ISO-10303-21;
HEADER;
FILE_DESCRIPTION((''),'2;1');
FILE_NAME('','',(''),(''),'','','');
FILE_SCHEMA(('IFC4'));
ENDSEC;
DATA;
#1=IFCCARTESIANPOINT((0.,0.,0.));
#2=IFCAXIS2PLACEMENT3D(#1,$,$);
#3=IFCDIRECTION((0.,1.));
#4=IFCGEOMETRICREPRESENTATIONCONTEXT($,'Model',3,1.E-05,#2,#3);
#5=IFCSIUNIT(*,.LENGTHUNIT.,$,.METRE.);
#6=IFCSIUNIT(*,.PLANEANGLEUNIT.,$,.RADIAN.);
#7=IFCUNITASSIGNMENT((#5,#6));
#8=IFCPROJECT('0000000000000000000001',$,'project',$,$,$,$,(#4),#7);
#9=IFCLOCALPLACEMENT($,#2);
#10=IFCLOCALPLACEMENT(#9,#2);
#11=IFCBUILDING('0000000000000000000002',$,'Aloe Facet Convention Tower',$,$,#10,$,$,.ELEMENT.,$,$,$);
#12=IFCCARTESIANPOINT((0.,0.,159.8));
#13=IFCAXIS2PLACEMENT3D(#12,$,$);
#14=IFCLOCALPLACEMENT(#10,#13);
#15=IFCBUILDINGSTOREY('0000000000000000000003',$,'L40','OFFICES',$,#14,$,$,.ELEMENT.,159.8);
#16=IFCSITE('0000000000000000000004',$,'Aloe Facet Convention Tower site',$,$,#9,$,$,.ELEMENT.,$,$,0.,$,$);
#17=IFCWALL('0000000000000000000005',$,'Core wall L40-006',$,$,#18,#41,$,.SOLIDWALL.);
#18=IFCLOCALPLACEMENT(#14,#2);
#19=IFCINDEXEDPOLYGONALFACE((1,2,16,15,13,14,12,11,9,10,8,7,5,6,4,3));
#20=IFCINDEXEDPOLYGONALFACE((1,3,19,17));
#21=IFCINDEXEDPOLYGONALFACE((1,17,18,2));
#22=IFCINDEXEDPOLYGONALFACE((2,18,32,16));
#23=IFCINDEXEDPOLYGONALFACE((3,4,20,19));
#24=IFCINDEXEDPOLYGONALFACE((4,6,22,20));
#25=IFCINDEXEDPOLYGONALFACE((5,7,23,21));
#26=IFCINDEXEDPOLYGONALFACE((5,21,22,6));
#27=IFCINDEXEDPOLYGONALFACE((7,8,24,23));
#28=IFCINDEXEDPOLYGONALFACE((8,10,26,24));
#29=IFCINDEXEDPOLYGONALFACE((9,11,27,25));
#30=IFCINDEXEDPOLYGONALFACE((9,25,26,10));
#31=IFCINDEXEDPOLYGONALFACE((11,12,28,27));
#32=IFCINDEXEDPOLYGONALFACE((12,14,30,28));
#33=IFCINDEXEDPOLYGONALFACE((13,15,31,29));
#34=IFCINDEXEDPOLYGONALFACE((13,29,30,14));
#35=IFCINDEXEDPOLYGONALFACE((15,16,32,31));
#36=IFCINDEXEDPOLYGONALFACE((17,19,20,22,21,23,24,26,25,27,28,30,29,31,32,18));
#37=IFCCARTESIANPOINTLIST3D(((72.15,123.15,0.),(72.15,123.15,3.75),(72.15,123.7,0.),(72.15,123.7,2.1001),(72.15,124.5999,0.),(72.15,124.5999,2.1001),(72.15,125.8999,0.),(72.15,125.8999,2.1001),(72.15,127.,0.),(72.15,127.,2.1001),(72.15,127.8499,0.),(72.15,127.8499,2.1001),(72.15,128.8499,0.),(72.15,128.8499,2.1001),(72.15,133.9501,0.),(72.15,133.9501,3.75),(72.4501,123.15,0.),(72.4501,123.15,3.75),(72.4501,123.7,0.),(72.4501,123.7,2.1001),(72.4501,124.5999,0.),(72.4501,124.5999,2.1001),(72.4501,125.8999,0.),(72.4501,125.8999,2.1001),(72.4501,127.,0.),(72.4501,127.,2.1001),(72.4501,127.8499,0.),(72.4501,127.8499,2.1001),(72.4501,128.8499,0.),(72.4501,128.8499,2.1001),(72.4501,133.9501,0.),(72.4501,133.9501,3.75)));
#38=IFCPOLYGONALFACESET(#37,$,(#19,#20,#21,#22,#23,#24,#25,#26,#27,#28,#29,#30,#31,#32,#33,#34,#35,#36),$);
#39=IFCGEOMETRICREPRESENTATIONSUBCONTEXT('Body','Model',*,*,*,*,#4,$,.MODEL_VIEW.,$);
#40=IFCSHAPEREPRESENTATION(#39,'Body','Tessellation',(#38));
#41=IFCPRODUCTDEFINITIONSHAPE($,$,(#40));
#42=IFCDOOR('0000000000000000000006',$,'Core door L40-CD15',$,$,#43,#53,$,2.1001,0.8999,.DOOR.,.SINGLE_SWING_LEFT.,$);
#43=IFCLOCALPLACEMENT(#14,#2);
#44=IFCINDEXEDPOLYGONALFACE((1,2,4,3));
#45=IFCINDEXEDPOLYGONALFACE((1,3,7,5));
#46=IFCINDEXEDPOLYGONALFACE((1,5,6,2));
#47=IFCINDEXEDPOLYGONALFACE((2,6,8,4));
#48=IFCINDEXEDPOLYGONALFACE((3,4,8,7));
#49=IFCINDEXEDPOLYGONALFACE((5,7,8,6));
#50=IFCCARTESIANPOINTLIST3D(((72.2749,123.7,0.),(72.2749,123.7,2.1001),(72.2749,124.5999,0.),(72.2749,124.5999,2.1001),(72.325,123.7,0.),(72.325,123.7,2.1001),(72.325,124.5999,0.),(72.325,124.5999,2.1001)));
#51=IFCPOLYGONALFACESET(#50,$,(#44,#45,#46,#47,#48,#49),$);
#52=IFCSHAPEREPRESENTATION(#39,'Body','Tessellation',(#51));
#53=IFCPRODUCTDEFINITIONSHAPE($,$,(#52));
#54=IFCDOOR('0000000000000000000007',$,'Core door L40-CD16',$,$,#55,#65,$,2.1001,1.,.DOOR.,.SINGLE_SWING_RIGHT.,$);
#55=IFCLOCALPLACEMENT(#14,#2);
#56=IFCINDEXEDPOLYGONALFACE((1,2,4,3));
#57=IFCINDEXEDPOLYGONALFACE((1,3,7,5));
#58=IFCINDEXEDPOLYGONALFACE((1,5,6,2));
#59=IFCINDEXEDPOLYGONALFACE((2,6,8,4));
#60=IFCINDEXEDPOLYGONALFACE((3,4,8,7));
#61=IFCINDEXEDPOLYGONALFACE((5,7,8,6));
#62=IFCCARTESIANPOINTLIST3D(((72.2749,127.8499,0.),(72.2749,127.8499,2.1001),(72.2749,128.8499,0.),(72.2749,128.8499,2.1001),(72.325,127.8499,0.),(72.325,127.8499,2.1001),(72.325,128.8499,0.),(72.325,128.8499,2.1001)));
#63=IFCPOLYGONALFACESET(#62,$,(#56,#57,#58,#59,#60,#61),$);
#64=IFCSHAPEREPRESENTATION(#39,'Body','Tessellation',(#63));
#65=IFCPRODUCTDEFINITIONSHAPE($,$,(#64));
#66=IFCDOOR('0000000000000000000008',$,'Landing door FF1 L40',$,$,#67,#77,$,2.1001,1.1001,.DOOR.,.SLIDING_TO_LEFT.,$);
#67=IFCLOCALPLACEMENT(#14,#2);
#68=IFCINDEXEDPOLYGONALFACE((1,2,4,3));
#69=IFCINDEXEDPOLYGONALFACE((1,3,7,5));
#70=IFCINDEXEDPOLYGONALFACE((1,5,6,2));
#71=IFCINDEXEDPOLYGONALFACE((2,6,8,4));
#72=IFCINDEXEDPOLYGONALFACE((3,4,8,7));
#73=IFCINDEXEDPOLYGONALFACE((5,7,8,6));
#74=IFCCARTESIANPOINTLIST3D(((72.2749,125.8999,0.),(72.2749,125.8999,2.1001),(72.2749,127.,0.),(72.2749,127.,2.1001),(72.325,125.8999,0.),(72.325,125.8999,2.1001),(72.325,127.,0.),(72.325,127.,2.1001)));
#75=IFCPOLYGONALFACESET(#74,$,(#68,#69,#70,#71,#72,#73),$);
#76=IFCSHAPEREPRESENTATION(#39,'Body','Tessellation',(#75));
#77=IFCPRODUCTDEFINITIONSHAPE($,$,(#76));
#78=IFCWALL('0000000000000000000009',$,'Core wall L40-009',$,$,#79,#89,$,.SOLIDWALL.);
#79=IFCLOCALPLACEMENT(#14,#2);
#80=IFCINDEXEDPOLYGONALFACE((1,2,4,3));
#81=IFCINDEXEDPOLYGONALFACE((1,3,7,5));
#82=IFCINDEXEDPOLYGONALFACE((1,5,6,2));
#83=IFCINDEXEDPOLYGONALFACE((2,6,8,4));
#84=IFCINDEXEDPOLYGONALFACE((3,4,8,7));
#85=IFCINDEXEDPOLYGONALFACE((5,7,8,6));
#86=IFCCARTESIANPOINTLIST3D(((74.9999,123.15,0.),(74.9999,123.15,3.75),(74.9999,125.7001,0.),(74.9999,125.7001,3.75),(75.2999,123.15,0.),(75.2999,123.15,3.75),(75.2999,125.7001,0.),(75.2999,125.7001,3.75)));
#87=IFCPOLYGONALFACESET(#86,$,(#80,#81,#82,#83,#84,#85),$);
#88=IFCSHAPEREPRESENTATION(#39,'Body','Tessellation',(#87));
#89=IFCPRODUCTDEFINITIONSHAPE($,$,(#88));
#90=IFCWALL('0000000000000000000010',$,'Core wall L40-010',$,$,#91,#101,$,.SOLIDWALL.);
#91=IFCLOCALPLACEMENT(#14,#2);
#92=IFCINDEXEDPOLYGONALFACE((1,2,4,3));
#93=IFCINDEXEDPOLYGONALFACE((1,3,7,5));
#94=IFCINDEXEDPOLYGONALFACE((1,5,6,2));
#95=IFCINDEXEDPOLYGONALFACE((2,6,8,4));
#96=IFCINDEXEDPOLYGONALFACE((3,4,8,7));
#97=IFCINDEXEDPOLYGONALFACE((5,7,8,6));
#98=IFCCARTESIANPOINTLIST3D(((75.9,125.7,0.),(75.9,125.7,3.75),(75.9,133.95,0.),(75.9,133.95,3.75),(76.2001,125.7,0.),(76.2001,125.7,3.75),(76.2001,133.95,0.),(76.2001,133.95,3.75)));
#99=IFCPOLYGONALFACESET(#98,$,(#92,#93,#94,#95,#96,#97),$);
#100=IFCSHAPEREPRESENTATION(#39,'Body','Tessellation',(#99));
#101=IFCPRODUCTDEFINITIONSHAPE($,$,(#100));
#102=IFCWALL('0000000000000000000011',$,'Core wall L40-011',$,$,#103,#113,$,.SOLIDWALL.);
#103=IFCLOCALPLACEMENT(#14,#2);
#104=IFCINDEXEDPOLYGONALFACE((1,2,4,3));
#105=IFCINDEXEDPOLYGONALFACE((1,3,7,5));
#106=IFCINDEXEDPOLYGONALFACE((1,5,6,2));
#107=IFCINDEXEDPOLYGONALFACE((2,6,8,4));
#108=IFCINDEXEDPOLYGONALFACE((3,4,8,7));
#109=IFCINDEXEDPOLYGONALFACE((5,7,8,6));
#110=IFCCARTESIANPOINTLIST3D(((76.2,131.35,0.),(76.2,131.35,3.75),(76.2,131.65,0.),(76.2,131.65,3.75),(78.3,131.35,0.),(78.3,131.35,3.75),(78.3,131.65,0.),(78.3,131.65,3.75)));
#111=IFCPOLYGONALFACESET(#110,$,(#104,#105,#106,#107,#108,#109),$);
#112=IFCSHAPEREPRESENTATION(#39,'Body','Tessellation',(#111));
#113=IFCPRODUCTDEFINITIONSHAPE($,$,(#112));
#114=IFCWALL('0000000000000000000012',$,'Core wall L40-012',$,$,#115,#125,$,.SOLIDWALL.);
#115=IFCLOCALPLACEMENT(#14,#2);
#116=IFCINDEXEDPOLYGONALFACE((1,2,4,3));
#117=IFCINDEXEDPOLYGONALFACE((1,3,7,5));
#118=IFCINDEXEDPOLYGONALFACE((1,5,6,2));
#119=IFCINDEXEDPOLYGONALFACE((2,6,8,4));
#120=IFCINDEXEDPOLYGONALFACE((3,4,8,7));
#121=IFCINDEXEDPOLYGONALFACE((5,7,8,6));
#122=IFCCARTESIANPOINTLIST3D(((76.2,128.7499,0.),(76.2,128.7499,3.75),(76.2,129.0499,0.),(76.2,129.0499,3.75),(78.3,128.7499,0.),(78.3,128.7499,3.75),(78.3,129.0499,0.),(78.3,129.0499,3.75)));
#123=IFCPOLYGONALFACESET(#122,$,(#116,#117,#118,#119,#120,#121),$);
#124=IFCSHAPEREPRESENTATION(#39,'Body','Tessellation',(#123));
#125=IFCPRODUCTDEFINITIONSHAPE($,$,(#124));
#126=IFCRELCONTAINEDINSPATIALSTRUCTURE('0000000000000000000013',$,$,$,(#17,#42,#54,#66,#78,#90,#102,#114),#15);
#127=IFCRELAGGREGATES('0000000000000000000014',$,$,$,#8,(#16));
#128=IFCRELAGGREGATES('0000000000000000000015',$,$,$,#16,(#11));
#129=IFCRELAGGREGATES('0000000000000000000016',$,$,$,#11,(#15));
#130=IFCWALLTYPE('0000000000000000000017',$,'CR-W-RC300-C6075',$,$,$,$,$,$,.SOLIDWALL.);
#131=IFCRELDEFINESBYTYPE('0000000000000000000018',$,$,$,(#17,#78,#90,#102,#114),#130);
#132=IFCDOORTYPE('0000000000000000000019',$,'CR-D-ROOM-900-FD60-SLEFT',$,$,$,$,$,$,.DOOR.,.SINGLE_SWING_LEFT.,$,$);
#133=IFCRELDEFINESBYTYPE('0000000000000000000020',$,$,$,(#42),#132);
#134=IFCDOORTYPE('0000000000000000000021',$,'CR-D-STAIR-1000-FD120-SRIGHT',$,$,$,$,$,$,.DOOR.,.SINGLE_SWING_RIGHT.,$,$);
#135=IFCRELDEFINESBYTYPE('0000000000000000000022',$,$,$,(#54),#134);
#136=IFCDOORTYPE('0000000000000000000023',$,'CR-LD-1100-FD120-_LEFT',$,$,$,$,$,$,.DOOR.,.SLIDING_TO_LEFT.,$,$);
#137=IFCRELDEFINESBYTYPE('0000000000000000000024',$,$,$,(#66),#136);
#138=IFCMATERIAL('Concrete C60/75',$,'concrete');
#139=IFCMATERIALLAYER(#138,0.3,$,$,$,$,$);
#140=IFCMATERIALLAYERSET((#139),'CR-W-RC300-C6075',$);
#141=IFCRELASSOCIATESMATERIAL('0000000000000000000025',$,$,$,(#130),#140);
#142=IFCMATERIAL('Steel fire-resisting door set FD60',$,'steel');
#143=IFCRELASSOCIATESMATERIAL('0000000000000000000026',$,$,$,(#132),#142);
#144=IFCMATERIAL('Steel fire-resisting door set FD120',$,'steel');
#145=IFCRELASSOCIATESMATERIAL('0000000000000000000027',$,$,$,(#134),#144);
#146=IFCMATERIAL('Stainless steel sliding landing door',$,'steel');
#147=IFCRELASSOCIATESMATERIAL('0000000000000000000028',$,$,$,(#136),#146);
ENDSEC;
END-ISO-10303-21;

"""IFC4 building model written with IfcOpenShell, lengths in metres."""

from ifc_helpers import new_model, si_unit, direction, frame, frame_2d, origin, place, context, subcontext, project, spatial, rectangle, extrude, material, layer, layer_set, type_object, element, fill, save


model = new_model("IFC4")

# Units and contexts
model_context = context("Model", 3, precision=1e-05, world=origin(), true_north=direction((0.0, 1.0)))
body_context = subcontext(model_context, "Body", "Model", "MODEL_VIEW")
ifc_project = project(units=[si_unit("LENGTHUNIT", "METRE"), si_unit("PLANEANGLEUNIT", "RADIAN")], contexts=[model_context])

# Site, building, storey
site_placement = place(None, origin())
site = spatial("IfcSite", under=ifc_project, at=site_placement, Name="Aloe Facet Convention Tower site", CompositionType="ELEMENT", RefElevation=0.0)
building_placement = place(site_placement, origin())
building = spatial("IfcBuilding", under=site, at=building_placement, Name="Aloe Facet Convention Tower", CompositionType="ELEMENT")
storey_placement = place(building_placement, frame((0.0, 0.0, 159.8)))
storey = spatial("IfcBuildingStorey", under=building, at=storey_placement, Name="L40", Description="OFFICES", CompositionType="ELEMENT", Elevation=159.8)

# Wall, openings, doors
ifc_material_1 = material(Name="Concrete C60/75", Category="concrete")
ifc_layer_1 = layer(ifc_material_1, 0.3)
ifc_layer_set_1 = layer_set([ifc_layer_1], Name="CR-W-RC300-C6075")
wall_type_1 = type_object("IfcWallType", Name="CR-W-RC300-C6075", PredefinedType="SOLIDWALL", material=ifc_layer_set_1)
wall_1_placement = place(storey_placement, frame((72.3, 133.95, 0.0), z_axis=(0.0, 0.0, 1.0), x_axis=(0.0, -1.0, 0.0)))
wall_1 = element("IfcWall", 1, at=wall_1_placement, inside=storey, type_object=wall_type_1, Name="Core wall L40-006", PredefinedType="SOLIDWALL", context=body_context, shape_type="SweptSolid", body=[
    extrude(rectangle(XDim=10.8, YDim=0.3, at=frame_2d((5.3999, 0.0))), origin(), (0.0, 0.0, 1.0), 3.75),
])
opening_1_placement = place(wall_1_placement, frame((6.95, 0.0, 0.0)))
opening_1 = element("IfcOpeningElement", 2, at=opening_1_placement, cuts=wall_1, PredefinedType="OPENING", context=body_context, shape_type="SweptSolid", body=[
    extrude(rectangle(XDim=1.1001, YDim=2.1001, at=frame_2d((0.55, 1.05))), frame((0.0, 0.1602, 0.0), z_axis=(0.0, -1.0, 0.0), x_axis=(1.0, 0.0, 0.0)), (0.0, 0.0, 1.0), 0.3201),
])
opening_2_placement = place(wall_1_placement, frame((9.3501, 0.0, 0.0)))
opening_2 = element("IfcOpeningElement", 3, at=opening_2_placement, cuts=wall_1, PredefinedType="OPENING", context=body_context, shape_type="SweptSolid", body=[
    extrude(rectangle(XDim=0.8999, YDim=2.1001, at=frame_2d((0.45, 1.05))), frame((0.0, 0.1602, 0.0), z_axis=(0.0, -1.0, 0.0), x_axis=(1.0, 0.0, 0.0)), (0.0, 0.0, 1.0), 0.3201),
])
opening_3_placement = place(wall_1_placement, frame((5.1001, 0.0, 0.0)))
opening_3 = element("IfcOpeningElement", 4, at=opening_3_placement, cuts=wall_1, PredefinedType="OPENING", context=body_context, shape_type="SweptSolid", body=[
    extrude(rectangle(XDim=1.0, YDim=2.1001, at=frame_2d((0.5, 1.05))), frame((0.0, 0.1602, 0.0), z_axis=(0.0, -1.0, 0.0), x_axis=(1.0, 0.0, 0.0)), (0.0, 0.0, 1.0), 0.3201),
])
ifc_material_2 = material(Name="Steel fire-resisting door set FD60", Category="steel")
door_type_1 = type_object("IfcDoorType", Name="CR-D-ROOM-900-FD60-SLEFT", OperationType="SINGLE_SWING_LEFT", PredefinedType="DOOR", material=ifc_material_2)
door_1_placement = place(opening_2_placement, origin())
door_1 = element("IfcDoor", 5, at=door_1_placement, inside=storey, type_object=door_type_1, Name="Core door L40-CD15", OperationType="SINGLE_SWING_LEFT", OverallHeight=2.1001, OverallWidth=0.8999, PredefinedType="DOOR", context=body_context, shape_type="SweptSolid", body=[
    extrude(rectangle(XDim=0.8999, YDim=2.1001, at=frame_2d((0.45, 1.05))), frame((0.0, 0.0249, 0.0), z_axis=(0.0, -1.0, 0.0), x_axis=(1.0, 0.0, 0.0)), (0.0, 0.0, 1.0), 0.05),
])
fill(opening_2, door_1)
ifc_material_3 = material(Name="Steel fire-resisting door set FD120", Category="steel")
door_type_2 = type_object("IfcDoorType", Name="CR-D-STAIR-1000-FD120-SRIGHT", OperationType="SINGLE_SWING_RIGHT", PredefinedType="DOOR", material=ifc_material_3)
door_2_placement = place(opening_3_placement, origin())
door_2 = element("IfcDoor", 6, at=door_2_placement, inside=storey, type_object=door_type_2, Name="Core door L40-CD16", OperationType="SINGLE_SWING_RIGHT", OverallHeight=2.1001, OverallWidth=1.0, PredefinedType="DOOR", context=body_context, shape_type="SweptSolid", body=[
    extrude(rectangle(XDim=1.0, YDim=2.1001, at=frame_2d((0.5, 1.05))), frame((0.0, 0.0249, 0.0), z_axis=(0.0, -1.0, 0.0), x_axis=(1.0, 0.0, 0.0)), (0.0, 0.0, 1.0), 0.05),
])
fill(opening_3, door_2)
ifc_material_4 = material(Name="Stainless steel sliding landing door", Category="steel")
door_type_3 = type_object("IfcDoorType", Name="CR-LD-1100-FD120-_LEFT", OperationType="SLIDING_TO_LEFT", PredefinedType="DOOR", material=ifc_material_4)
door_3_placement = place(opening_1_placement, origin())
door_3 = element("IfcDoor", 7, at=door_3_placement, inside=storey, type_object=door_type_3, Name="Landing door FF1 L40", OperationType="SLIDING_TO_LEFT", OverallHeight=2.1001, OverallWidth=1.1001, PredefinedType="DOOR", context=body_context, shape_type="SweptSolid", body=[
    extrude(rectangle(XDim=1.1001, YDim=2.1001, at=frame_2d((0.55, 1.05))), frame((0.0, 0.0249, 0.0), z_axis=(0.0, -1.0, 0.0), x_axis=(1.0, 0.0, 0.0)), (0.0, 0.0, 1.0), 0.05),
])
fill(opening_1, door_3)

# Walls
wall_2_placement = place(storey_placement, frame((75.1499, 125.7, 0.0), z_axis=(0.0, 0.0, 1.0), x_axis=(0.0, -1.0, 0.0)))
element("IfcWall", 8, at=wall_2_placement, inside=storey, type_object=wall_type_1, Name="Core wall L40-009", PredefinedType="SOLIDWALL", context=body_context, shape_type="SweptSolid", body=[
    extrude(rectangle(XDim=2.55, YDim=0.3, at=frame_2d((1.2749, 0.0))), origin(), (0.0, 0.0, 1.0), 3.75),
])
wall_3_placement = place(storey_placement, frame((76.05, 133.95, 0.0), z_axis=(0.0, 0.0, 1.0), x_axis=(0.0, -1.0, 0.0)))
element("IfcWall", 9, at=wall_3_placement, inside=storey, type_object=wall_type_1, Name="Core wall L40-010", PredefinedType="SOLIDWALL", context=body_context, shape_type="SweptSolid", body=[
    extrude(rectangle(XDim=8.25, YDim=0.3, at=frame_2d((4.125, 0.0))), origin(), (0.0, 0.0, 1.0), 3.75),
])
for number, where, z_axis, x_axis, name in (
    (10, (76.2, 131.5, 0.0), (0.0, 0.0, 1.0), (1.0, 0.0, 0.0), "Core wall L40-011"),
    (11, (76.2, 128.8999, 0.0), (0.0, 0.0, 1.0), (1.0, 0.0, 0.0), "Core wall L40-012"),
):
    element("IfcWall", number, at=place(storey_placement, frame(where, z_axis=z_axis, x_axis=x_axis)), inside=storey, type_object=wall_type_1, Name=name, PredefinedType="SOLIDWALL", context=body_context, shape_type="SweptSolid", body=[
        extrude(rectangle(XDim=2.1001, YDim=0.3, at=frame_2d((1.05, 0.0))), origin(), (0.0, 0.0, 1.0), 3.75),
    ])

save(model, "model.ifc")
